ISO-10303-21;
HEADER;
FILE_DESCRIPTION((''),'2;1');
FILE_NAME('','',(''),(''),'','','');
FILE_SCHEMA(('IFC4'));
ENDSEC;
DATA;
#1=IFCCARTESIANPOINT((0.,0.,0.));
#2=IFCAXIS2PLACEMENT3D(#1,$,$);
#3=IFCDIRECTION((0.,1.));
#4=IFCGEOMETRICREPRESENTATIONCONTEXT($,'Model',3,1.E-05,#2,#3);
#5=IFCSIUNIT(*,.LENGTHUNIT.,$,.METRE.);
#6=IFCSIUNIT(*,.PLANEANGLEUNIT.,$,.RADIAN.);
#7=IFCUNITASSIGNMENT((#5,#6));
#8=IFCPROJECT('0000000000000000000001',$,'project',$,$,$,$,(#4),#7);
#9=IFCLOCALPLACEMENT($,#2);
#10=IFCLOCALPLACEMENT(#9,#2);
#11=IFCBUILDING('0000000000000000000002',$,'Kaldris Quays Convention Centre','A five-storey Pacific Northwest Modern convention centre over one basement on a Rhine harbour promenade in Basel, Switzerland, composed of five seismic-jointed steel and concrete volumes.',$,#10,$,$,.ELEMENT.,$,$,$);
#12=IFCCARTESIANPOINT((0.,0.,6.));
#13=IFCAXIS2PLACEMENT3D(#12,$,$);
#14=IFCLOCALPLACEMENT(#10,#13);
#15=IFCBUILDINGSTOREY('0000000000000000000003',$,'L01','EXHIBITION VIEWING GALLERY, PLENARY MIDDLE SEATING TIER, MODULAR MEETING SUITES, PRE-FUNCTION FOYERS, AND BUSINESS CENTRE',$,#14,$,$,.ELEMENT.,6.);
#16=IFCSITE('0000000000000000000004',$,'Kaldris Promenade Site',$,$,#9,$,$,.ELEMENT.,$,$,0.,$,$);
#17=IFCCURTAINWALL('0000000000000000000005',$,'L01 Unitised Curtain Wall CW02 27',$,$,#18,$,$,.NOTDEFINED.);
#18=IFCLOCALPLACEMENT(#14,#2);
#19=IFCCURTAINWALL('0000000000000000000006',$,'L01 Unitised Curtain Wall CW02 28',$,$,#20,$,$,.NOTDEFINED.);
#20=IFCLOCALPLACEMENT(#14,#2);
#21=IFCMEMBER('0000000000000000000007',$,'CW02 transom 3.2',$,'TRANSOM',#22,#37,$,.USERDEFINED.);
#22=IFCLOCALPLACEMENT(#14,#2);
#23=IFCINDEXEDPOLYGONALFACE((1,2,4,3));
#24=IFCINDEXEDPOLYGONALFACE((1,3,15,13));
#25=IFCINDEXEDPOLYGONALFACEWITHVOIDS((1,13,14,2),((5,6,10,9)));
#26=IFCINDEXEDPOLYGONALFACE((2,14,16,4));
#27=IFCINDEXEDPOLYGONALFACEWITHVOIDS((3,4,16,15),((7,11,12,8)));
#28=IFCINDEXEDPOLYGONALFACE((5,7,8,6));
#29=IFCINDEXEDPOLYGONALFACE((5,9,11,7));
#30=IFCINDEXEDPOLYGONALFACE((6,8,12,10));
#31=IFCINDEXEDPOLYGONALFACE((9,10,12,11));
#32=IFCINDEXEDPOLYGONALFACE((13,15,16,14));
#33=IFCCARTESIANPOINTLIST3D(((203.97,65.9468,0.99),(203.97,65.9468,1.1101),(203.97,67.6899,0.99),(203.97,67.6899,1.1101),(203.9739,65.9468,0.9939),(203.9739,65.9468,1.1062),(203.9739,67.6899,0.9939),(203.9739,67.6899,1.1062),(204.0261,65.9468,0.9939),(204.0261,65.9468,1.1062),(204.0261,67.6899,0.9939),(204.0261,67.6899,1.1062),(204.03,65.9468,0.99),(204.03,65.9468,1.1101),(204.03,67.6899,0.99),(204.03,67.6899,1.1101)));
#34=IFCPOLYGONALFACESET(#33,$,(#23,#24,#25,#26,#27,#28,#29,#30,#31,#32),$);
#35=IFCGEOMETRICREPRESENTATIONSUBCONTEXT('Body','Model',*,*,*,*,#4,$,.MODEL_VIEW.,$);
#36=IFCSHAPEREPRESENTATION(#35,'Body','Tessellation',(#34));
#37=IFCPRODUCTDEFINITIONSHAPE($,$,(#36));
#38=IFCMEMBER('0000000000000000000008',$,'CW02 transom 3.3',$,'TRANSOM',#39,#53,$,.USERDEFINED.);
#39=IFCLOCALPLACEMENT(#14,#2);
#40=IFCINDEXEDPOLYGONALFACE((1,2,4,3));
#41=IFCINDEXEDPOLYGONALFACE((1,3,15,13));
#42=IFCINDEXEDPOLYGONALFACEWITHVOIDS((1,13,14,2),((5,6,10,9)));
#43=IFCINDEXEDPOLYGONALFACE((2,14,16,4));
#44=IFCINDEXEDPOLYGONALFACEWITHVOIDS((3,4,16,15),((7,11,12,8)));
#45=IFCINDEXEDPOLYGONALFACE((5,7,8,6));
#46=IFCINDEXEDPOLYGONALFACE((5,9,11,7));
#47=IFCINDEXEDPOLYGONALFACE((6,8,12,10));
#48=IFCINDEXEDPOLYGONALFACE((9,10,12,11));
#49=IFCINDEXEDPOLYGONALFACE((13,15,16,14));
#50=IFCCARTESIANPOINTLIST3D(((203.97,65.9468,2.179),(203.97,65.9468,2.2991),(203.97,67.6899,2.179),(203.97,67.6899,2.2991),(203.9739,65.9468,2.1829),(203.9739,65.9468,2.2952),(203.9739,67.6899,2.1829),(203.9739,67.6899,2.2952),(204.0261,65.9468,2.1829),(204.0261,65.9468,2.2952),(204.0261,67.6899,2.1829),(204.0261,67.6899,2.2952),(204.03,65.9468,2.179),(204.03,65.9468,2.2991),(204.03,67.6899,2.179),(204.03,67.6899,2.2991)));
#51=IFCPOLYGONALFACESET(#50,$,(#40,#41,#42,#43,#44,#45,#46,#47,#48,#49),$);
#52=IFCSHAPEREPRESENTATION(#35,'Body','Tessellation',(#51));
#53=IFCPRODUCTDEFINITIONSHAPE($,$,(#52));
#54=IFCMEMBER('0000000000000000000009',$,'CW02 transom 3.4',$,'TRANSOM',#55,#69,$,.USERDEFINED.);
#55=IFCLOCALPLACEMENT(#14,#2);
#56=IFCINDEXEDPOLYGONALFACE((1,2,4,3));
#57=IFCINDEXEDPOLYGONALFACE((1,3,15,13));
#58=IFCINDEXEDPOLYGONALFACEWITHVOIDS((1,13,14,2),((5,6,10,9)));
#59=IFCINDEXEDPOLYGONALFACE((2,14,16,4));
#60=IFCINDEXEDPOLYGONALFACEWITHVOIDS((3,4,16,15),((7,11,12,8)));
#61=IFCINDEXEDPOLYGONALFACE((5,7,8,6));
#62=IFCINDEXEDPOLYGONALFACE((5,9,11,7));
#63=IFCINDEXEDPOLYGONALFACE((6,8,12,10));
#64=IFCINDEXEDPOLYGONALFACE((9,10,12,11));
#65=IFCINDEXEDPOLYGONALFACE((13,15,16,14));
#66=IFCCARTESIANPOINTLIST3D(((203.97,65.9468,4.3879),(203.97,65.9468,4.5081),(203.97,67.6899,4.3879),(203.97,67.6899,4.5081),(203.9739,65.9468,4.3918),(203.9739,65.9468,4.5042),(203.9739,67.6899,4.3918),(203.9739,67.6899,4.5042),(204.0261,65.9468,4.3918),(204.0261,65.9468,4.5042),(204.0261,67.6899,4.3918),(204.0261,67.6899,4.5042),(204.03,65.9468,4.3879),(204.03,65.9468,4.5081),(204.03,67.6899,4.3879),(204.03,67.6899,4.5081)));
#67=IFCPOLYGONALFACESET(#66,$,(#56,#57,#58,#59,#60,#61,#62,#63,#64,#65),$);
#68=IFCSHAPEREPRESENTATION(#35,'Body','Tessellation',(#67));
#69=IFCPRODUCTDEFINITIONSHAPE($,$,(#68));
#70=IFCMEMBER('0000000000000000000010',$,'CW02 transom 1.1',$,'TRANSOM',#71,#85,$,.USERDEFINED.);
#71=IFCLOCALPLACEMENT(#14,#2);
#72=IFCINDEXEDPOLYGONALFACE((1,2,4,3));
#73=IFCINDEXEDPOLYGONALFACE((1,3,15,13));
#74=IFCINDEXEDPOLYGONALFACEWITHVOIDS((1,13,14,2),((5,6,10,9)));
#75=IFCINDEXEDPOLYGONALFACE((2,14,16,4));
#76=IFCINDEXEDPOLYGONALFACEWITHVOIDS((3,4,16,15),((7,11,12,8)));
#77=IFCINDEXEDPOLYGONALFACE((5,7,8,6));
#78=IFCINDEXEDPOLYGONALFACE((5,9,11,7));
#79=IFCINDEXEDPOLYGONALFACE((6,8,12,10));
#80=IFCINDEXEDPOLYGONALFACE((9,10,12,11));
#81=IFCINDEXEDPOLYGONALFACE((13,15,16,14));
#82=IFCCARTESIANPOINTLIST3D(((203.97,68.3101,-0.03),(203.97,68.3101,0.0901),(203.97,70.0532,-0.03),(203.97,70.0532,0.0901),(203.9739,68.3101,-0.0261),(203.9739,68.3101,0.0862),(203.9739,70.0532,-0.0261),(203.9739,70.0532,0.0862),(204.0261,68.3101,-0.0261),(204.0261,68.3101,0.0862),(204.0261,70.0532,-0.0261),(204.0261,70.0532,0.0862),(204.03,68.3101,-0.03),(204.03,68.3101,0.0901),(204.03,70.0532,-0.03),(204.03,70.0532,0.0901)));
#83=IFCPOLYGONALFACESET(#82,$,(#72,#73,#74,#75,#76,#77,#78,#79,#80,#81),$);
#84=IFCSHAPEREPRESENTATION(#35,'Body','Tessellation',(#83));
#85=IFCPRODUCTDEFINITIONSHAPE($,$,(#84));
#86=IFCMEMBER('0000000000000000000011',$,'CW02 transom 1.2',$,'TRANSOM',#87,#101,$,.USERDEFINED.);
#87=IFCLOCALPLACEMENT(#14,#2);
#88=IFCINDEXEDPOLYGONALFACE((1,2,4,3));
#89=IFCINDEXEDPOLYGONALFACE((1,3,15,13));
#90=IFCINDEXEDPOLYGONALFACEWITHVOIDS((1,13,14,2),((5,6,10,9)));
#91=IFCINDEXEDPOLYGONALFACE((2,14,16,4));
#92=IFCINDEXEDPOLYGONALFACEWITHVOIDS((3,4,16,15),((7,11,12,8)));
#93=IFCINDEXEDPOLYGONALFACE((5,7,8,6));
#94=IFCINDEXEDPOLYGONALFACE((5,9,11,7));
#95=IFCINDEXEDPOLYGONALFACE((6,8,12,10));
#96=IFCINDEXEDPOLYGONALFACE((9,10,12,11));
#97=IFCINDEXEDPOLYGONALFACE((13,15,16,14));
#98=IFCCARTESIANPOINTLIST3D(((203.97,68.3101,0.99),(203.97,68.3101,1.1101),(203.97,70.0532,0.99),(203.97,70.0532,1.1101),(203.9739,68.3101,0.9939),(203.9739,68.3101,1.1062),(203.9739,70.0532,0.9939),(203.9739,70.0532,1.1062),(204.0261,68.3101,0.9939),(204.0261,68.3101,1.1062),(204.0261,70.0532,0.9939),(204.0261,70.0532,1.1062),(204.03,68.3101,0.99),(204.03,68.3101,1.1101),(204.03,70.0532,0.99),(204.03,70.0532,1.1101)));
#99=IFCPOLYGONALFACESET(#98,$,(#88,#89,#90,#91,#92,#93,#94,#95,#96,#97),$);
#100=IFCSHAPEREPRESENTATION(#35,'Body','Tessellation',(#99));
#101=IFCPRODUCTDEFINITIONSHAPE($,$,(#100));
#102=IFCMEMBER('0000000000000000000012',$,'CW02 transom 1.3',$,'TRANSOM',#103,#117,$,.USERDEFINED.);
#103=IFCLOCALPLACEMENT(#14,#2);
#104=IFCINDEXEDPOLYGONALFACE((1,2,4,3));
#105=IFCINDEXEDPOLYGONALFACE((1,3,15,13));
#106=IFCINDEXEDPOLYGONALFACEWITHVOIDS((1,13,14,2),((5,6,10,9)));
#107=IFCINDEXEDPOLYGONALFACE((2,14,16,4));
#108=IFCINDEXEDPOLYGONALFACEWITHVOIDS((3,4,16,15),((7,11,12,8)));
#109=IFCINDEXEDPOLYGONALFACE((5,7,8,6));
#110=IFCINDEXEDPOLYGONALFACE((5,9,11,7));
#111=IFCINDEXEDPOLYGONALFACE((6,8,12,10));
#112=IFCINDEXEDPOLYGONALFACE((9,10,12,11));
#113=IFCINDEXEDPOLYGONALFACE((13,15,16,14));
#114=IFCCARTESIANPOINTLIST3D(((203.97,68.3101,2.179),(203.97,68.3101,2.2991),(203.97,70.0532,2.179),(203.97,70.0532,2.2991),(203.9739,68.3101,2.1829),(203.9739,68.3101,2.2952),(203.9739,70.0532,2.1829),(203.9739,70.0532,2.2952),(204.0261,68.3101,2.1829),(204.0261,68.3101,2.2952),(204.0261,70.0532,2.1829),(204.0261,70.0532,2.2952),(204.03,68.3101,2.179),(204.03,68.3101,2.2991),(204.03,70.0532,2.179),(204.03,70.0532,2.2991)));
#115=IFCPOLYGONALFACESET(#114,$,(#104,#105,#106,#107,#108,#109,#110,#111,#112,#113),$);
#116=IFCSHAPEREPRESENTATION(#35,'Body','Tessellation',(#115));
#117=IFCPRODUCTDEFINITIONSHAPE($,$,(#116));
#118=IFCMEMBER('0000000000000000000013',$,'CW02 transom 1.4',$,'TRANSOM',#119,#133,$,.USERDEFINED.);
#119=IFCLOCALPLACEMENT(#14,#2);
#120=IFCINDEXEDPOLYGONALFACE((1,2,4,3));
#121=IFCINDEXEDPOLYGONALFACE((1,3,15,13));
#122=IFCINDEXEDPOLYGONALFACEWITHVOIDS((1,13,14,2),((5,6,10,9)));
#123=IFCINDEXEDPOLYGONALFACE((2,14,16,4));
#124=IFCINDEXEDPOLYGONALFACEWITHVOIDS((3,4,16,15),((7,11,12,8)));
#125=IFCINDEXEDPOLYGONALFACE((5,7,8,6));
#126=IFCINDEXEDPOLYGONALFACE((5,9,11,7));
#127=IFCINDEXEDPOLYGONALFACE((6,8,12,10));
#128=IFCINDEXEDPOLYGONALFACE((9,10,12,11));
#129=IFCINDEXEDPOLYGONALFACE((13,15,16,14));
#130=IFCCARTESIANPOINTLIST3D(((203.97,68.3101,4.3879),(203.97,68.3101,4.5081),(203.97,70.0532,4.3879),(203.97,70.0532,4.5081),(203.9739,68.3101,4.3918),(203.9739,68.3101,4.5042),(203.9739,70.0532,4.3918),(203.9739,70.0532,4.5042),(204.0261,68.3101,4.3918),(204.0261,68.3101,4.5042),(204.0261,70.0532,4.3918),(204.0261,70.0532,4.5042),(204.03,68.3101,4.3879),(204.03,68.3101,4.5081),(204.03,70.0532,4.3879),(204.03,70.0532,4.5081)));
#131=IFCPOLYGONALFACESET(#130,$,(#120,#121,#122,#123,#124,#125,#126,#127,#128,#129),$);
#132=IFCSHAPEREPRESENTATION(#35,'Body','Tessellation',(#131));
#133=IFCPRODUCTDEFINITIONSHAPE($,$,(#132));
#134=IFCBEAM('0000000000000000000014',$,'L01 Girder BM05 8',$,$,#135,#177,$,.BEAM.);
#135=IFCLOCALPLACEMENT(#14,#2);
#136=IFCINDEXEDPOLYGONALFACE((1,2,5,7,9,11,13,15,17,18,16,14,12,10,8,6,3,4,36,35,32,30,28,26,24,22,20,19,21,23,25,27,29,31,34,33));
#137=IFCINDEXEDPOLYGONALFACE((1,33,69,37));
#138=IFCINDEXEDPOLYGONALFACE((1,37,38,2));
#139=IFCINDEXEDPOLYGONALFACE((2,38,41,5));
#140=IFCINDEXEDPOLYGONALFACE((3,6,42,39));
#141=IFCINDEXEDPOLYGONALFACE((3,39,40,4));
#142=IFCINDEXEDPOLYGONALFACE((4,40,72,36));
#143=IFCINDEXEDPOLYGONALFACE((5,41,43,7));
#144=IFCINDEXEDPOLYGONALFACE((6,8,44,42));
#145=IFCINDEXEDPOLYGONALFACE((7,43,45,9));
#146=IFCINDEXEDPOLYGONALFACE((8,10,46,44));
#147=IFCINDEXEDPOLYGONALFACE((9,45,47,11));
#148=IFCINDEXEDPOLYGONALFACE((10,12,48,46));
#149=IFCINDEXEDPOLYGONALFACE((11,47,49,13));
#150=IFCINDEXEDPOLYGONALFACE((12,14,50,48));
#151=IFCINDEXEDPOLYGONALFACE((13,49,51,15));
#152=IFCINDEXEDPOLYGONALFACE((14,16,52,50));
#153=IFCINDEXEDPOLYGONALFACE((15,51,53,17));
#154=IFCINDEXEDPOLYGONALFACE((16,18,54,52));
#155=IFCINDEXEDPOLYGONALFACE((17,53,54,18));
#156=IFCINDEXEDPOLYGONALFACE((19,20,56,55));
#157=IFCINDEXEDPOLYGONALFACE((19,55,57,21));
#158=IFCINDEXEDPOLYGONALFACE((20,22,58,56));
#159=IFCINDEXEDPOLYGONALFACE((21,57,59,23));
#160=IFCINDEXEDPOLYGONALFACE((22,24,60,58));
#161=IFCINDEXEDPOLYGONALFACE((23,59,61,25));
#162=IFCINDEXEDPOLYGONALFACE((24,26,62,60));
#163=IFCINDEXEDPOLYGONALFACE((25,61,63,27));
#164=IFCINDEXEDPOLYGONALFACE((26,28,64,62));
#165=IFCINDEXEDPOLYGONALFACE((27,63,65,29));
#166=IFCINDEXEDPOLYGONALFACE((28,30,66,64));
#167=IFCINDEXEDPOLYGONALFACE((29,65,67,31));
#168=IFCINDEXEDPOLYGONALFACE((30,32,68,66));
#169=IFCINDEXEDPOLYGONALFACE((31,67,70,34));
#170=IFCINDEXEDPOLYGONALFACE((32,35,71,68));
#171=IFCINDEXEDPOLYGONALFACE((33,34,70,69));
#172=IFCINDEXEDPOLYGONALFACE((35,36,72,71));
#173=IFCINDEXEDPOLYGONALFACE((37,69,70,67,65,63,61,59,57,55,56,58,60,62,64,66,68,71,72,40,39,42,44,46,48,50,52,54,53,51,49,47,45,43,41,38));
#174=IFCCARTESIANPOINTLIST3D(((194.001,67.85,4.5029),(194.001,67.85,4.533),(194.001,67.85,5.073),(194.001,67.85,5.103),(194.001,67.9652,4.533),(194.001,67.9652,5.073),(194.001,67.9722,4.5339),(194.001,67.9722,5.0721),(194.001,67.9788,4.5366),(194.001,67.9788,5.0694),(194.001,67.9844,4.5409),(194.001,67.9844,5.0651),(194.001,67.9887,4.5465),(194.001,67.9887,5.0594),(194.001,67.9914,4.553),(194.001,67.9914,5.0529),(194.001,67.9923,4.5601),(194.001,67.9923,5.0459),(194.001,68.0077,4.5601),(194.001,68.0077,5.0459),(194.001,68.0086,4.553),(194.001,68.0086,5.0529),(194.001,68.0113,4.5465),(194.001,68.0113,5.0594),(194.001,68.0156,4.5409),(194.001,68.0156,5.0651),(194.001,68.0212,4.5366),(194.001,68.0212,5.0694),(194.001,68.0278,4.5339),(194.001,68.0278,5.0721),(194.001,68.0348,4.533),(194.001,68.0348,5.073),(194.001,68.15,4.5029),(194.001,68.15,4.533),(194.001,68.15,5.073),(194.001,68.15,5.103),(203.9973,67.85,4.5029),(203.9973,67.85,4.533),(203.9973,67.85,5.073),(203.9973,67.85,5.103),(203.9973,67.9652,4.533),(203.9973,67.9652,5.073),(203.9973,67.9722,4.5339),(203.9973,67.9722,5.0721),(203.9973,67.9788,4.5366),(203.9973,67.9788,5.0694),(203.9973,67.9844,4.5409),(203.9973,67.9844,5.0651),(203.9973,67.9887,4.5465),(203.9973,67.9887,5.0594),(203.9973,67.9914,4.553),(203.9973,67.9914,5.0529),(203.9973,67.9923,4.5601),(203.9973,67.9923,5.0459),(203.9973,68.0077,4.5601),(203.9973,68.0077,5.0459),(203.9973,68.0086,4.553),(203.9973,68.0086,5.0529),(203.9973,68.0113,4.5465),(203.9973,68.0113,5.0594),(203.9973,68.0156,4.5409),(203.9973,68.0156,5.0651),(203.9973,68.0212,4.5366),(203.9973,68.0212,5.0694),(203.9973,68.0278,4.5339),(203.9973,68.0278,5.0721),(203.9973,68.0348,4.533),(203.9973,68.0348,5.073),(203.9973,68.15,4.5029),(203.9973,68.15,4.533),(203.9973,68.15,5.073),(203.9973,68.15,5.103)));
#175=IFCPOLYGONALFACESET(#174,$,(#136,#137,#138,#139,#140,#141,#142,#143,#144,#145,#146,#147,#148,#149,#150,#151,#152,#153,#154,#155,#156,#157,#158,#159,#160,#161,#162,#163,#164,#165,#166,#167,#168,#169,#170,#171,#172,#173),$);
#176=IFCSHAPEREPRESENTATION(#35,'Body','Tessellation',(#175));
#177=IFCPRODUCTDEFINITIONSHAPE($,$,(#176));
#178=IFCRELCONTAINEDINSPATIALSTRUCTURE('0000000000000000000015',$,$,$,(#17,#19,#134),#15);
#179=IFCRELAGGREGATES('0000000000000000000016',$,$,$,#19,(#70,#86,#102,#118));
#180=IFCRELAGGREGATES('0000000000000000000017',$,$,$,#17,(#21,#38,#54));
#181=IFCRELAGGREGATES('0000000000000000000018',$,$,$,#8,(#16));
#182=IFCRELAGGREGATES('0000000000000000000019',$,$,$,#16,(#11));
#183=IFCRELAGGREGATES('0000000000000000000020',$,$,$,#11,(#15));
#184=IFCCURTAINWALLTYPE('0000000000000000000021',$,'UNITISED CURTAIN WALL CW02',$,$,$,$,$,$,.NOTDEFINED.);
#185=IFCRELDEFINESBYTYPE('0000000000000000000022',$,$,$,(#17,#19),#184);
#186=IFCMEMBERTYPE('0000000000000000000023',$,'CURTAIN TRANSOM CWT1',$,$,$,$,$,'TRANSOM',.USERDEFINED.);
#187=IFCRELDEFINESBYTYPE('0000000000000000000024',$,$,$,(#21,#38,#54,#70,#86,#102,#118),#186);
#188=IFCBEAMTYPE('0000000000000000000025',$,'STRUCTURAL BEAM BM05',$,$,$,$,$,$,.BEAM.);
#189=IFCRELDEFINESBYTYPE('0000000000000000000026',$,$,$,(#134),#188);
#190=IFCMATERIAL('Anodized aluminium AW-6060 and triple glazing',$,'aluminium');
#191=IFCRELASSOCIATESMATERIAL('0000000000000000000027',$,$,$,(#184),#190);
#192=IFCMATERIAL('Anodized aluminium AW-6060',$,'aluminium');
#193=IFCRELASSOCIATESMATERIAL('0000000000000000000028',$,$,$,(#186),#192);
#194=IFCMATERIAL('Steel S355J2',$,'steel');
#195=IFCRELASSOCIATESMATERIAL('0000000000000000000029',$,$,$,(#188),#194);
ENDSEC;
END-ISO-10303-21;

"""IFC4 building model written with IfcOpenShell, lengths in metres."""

from ifc_helpers import new_model, si_unit, direction, frame, origin, origin_2d, place, context, subcontext, project, spatial, hollow_rectangle, i_section, extrude, material, material_profile, profile_set, type_object, element, aggregate, save


model = new_model("IFC4")

# Units and contexts
model_context = context("Model", 3, precision=1e-05, world=origin(), true_north=direction((0.0, 1.0)))
body_context = subcontext(model_context, "Body", "Model", "MODEL_VIEW")
ifc_project = project(units=[si_unit("LENGTHUNIT", "METRE"), si_unit("PLANEANGLEUNIT", "RADIAN")], contexts=[model_context])

# Site, building, storey
site_placement = place(None, origin())
site = spatial("IfcSite", under=ifc_project, at=site_placement, Name="Kaldris Promenade Site", CompositionType="ELEMENT", RefElevation=0.0)
building_placement = place(site_placement, origin())
building = spatial("IfcBuilding", under=site, at=building_placement, Name="Kaldris Quays Convention Centre", Description="A five-storey Pacific Northwest Modern convention centre over one basement on a Rhine harbour promenade in Basel, Switzerland, composed of five seismic-jointed steel and concrete volumes.", CompositionType="ELEMENT")
storey_placement = place(building_placement, frame((0.0, 0.0, 6.0)))
storey = spatial("IfcBuildingStorey", under=building, at=storey_placement, Name="L01", Description="EXHIBITION VIEWING GALLERY, PLENARY MIDDLE SEATING TIER, MODULAR MEETING SUITES, PRE-FUNCTION FOYERS, AND BUSINESS CENTRE", CompositionType="ELEMENT", Elevation=6.0)

# Shared definitions
ifc_material_1 = material(Name="Steel S355J2", Category="steel")

# Curtain walls
ifc_material_2 = material(Name="Anodized aluminium AW-6060 and triple glazing", Category="aluminium")
curtain_wall_type = type_object("IfcCurtainWallType", Name="UNITISED CURTAIN WALL CW02", PredefinedType="NOTDEFINED", material=ifc_material_2)
curtain_wall_1_placement = place(storey_placement, origin())
curtain_wall_1 = element("IfcCurtainWall", 1, at=curtain_wall_1_placement, inside=storey, type_object=curtain_wall_type, Name="L01 Unitised Curtain Wall CW02 27", PredefinedType="NOTDEFINED")
ifc_material_3 = material(Name="Anodized aluminium AW-6060", Category="aluminium")
curtain_wall_2_placement = place(storey_placement, origin())
curtain_wall_2 = element("IfcCurtainWall", 2, at=curtain_wall_2_placement, inside=storey, type_object=curtain_wall_type, Name="L01 Unitised Curtain Wall CW02 28", PredefinedType="NOTDEFINED")

# Members
ifc_material_profile_1 = material_profile(ifc_material_3, hollow_rectangle(XDim=0.0601, YDim=0.1201, WallThickness=0.0039, at=origin_2d()), Name="RHS 120x60x4")
ifc_profile_set_1 = profile_set([ifc_material_profile_1], Name="Anodized aluminium AW-6060")
member_type_1 = type_object("IfcMemberType", Name="CURTAIN TRANSOM CWT1", ElementType="TRANSOM", PredefinedType="USERDEFINED", material=ifc_profile_set_1)
member_1_placement = place(storey_placement, frame((204.0, 65.9468, 1.05), z_axis=(0.0, 1.0, 0.0), x_axis=(-1.0, 0.0, 0.0)))
member_1 = element("IfcMember", 3, at=member_1_placement, type_object=member_type_1, Name="CW02 transom 3.2", ObjectType="TRANSOM", PredefinedType="USERDEFINED", context=body_context, shape_type="SweptSolid", body=[
    extrude(hollow_rectangle(XDim=0.0601, YDim=0.1201, WallThickness=0.0039, at=origin_2d()), origin(), (0.0, 0.0, 1.0), 1.7432),
])
member_2_placement = place(storey_placement, frame((204.0, 65.9468, 2.239), z_axis=(0.0, 1.0, 0.0), x_axis=(-1.0, 0.0, 0.0)))
member_2 = element("IfcMember", 4, at=member_2_placement, type_object=member_type_1, Name="CW02 transom 3.3", ObjectType="TRANSOM", PredefinedType="USERDEFINED", context=body_context, shape_type="SweptSolid", body=[
    extrude(hollow_rectangle(XDim=0.0601, YDim=0.1201, WallThickness=0.0039, at=origin_2d()), origin(), (0.0, 0.0, 1.0), 1.7432),
])
member_3_placement = place(storey_placement, frame((204.0, 65.9468, 4.448), z_axis=(0.0, 1.0, 0.0), x_axis=(-1.0, 0.0, 0.0)))
member_3 = element("IfcMember", 5, at=member_3_placement, type_object=member_type_1, Name="CW02 transom 3.4", ObjectType="TRANSOM", PredefinedType="USERDEFINED", context=body_context, shape_type="SweptSolid", body=[
    extrude(hollow_rectangle(XDim=0.0601, YDim=0.1201, WallThickness=0.0039, at=origin_2d()), origin(), (0.0, 0.0, 1.0), 1.7432),
])
member_4_placement = place(storey_placement, frame((204.0, 68.3101, 0.03), z_axis=(0.0, 1.0, 0.0), x_axis=(-1.0, 0.0, 0.0)))
member_4 = element("IfcMember", 6, at=member_4_placement, type_object=member_type_1, Name="CW02 transom 1.1", ObjectType="TRANSOM", PredefinedType="USERDEFINED", context=body_context, shape_type="SweptSolid", body=[
    extrude(hollow_rectangle(XDim=0.0601, YDim=0.1201, WallThickness=0.0039, at=origin_2d()), origin(), (0.0, 0.0, 1.0), 1.7432),
])
member_5_placement = place(storey_placement, frame((204.0, 68.3101, 1.05), z_axis=(0.0, 1.0, 0.0), x_axis=(-1.0, 0.0, 0.0)))
member_5 = element("IfcMember", 7, at=member_5_placement, type_object=member_type_1, Name="CW02 transom 1.2", ObjectType="TRANSOM", PredefinedType="USERDEFINED", context=body_context, shape_type="SweptSolid", body=[
    extrude(hollow_rectangle(XDim=0.0601, YDim=0.1201, WallThickness=0.0039, at=origin_2d()), origin(), (0.0, 0.0, 1.0), 1.7432),
])
member_6_placement = place(storey_placement, frame((204.0, 68.3101, 2.239), z_axis=(0.0, 1.0, 0.0), x_axis=(-1.0, 0.0, 0.0)))
member_6 = element("IfcMember", 8, at=member_6_placement, type_object=member_type_1, Name="CW02 transom 1.3", ObjectType="TRANSOM", PredefinedType="USERDEFINED", context=body_context, shape_type="SweptSolid", body=[
    extrude(hollow_rectangle(XDim=0.0601, YDim=0.1201, WallThickness=0.0039, at=origin_2d()), origin(), (0.0, 0.0, 1.0), 1.7432),
])
member_7_placement = place(storey_placement, frame((204.0, 68.3101, 4.448), z_axis=(0.0, 1.0, 0.0), x_axis=(-1.0, 0.0, 0.0)))
member_7 = element("IfcMember", 9, at=member_7_placement, type_object=member_type_1, Name="CW02 transom 1.4", ObjectType="TRANSOM", PredefinedType="USERDEFINED", context=body_context, shape_type="SweptSolid", body=[
    extrude(hollow_rectangle(XDim=0.0601, YDim=0.1201, WallThickness=0.0039, at=origin_2d()), origin(), (0.0, 0.0, 1.0), 1.7432),
])
aggregate(curtain_wall_2, [member_4, member_5, member_6, member_7])

# Beam
ifc_material_profile_2 = material_profile(ifc_material_1, i_section(OverallWidth=0.3, OverallDepth=0.6001, WebThickness=0.0154, FlangeThickness=0.03, FilletRadius=0.0271, at=origin_2d()), Name="HEB 600")
ifc_profile_set_2 = profile_set([ifc_material_profile_2], Name="Steel S355J2")
beam_type_1 = type_object("IfcBeamType", Name="STRUCTURAL BEAM BM05", PredefinedType="BEAM", material=ifc_profile_set_2)
beam_1_placement = place(storey_placement, frame((194.001, 68.0, 4.803), z_axis=(1.0, 0.0, 0.0), x_axis=(0.0, 1.0, 0.0)))
element("IfcBeam", 10, at=beam_1_placement, inside=storey, type_object=beam_type_1, Name="L01 Girder BM05 8", PredefinedType="BEAM", context=body_context, shape_type="SweptSolid", body=[
    extrude(i_section(OverallWidth=0.3, OverallDepth=0.6001, WebThickness=0.0154, FlangeThickness=0.03, FilletRadius=0.0271, at=origin_2d()), origin(), (0.0, 0.0, 1.0), 9.9963),
])

aggregate(curtain_wall_1, [member_1, member_2, member_3])

save(model, "model.ifc")
